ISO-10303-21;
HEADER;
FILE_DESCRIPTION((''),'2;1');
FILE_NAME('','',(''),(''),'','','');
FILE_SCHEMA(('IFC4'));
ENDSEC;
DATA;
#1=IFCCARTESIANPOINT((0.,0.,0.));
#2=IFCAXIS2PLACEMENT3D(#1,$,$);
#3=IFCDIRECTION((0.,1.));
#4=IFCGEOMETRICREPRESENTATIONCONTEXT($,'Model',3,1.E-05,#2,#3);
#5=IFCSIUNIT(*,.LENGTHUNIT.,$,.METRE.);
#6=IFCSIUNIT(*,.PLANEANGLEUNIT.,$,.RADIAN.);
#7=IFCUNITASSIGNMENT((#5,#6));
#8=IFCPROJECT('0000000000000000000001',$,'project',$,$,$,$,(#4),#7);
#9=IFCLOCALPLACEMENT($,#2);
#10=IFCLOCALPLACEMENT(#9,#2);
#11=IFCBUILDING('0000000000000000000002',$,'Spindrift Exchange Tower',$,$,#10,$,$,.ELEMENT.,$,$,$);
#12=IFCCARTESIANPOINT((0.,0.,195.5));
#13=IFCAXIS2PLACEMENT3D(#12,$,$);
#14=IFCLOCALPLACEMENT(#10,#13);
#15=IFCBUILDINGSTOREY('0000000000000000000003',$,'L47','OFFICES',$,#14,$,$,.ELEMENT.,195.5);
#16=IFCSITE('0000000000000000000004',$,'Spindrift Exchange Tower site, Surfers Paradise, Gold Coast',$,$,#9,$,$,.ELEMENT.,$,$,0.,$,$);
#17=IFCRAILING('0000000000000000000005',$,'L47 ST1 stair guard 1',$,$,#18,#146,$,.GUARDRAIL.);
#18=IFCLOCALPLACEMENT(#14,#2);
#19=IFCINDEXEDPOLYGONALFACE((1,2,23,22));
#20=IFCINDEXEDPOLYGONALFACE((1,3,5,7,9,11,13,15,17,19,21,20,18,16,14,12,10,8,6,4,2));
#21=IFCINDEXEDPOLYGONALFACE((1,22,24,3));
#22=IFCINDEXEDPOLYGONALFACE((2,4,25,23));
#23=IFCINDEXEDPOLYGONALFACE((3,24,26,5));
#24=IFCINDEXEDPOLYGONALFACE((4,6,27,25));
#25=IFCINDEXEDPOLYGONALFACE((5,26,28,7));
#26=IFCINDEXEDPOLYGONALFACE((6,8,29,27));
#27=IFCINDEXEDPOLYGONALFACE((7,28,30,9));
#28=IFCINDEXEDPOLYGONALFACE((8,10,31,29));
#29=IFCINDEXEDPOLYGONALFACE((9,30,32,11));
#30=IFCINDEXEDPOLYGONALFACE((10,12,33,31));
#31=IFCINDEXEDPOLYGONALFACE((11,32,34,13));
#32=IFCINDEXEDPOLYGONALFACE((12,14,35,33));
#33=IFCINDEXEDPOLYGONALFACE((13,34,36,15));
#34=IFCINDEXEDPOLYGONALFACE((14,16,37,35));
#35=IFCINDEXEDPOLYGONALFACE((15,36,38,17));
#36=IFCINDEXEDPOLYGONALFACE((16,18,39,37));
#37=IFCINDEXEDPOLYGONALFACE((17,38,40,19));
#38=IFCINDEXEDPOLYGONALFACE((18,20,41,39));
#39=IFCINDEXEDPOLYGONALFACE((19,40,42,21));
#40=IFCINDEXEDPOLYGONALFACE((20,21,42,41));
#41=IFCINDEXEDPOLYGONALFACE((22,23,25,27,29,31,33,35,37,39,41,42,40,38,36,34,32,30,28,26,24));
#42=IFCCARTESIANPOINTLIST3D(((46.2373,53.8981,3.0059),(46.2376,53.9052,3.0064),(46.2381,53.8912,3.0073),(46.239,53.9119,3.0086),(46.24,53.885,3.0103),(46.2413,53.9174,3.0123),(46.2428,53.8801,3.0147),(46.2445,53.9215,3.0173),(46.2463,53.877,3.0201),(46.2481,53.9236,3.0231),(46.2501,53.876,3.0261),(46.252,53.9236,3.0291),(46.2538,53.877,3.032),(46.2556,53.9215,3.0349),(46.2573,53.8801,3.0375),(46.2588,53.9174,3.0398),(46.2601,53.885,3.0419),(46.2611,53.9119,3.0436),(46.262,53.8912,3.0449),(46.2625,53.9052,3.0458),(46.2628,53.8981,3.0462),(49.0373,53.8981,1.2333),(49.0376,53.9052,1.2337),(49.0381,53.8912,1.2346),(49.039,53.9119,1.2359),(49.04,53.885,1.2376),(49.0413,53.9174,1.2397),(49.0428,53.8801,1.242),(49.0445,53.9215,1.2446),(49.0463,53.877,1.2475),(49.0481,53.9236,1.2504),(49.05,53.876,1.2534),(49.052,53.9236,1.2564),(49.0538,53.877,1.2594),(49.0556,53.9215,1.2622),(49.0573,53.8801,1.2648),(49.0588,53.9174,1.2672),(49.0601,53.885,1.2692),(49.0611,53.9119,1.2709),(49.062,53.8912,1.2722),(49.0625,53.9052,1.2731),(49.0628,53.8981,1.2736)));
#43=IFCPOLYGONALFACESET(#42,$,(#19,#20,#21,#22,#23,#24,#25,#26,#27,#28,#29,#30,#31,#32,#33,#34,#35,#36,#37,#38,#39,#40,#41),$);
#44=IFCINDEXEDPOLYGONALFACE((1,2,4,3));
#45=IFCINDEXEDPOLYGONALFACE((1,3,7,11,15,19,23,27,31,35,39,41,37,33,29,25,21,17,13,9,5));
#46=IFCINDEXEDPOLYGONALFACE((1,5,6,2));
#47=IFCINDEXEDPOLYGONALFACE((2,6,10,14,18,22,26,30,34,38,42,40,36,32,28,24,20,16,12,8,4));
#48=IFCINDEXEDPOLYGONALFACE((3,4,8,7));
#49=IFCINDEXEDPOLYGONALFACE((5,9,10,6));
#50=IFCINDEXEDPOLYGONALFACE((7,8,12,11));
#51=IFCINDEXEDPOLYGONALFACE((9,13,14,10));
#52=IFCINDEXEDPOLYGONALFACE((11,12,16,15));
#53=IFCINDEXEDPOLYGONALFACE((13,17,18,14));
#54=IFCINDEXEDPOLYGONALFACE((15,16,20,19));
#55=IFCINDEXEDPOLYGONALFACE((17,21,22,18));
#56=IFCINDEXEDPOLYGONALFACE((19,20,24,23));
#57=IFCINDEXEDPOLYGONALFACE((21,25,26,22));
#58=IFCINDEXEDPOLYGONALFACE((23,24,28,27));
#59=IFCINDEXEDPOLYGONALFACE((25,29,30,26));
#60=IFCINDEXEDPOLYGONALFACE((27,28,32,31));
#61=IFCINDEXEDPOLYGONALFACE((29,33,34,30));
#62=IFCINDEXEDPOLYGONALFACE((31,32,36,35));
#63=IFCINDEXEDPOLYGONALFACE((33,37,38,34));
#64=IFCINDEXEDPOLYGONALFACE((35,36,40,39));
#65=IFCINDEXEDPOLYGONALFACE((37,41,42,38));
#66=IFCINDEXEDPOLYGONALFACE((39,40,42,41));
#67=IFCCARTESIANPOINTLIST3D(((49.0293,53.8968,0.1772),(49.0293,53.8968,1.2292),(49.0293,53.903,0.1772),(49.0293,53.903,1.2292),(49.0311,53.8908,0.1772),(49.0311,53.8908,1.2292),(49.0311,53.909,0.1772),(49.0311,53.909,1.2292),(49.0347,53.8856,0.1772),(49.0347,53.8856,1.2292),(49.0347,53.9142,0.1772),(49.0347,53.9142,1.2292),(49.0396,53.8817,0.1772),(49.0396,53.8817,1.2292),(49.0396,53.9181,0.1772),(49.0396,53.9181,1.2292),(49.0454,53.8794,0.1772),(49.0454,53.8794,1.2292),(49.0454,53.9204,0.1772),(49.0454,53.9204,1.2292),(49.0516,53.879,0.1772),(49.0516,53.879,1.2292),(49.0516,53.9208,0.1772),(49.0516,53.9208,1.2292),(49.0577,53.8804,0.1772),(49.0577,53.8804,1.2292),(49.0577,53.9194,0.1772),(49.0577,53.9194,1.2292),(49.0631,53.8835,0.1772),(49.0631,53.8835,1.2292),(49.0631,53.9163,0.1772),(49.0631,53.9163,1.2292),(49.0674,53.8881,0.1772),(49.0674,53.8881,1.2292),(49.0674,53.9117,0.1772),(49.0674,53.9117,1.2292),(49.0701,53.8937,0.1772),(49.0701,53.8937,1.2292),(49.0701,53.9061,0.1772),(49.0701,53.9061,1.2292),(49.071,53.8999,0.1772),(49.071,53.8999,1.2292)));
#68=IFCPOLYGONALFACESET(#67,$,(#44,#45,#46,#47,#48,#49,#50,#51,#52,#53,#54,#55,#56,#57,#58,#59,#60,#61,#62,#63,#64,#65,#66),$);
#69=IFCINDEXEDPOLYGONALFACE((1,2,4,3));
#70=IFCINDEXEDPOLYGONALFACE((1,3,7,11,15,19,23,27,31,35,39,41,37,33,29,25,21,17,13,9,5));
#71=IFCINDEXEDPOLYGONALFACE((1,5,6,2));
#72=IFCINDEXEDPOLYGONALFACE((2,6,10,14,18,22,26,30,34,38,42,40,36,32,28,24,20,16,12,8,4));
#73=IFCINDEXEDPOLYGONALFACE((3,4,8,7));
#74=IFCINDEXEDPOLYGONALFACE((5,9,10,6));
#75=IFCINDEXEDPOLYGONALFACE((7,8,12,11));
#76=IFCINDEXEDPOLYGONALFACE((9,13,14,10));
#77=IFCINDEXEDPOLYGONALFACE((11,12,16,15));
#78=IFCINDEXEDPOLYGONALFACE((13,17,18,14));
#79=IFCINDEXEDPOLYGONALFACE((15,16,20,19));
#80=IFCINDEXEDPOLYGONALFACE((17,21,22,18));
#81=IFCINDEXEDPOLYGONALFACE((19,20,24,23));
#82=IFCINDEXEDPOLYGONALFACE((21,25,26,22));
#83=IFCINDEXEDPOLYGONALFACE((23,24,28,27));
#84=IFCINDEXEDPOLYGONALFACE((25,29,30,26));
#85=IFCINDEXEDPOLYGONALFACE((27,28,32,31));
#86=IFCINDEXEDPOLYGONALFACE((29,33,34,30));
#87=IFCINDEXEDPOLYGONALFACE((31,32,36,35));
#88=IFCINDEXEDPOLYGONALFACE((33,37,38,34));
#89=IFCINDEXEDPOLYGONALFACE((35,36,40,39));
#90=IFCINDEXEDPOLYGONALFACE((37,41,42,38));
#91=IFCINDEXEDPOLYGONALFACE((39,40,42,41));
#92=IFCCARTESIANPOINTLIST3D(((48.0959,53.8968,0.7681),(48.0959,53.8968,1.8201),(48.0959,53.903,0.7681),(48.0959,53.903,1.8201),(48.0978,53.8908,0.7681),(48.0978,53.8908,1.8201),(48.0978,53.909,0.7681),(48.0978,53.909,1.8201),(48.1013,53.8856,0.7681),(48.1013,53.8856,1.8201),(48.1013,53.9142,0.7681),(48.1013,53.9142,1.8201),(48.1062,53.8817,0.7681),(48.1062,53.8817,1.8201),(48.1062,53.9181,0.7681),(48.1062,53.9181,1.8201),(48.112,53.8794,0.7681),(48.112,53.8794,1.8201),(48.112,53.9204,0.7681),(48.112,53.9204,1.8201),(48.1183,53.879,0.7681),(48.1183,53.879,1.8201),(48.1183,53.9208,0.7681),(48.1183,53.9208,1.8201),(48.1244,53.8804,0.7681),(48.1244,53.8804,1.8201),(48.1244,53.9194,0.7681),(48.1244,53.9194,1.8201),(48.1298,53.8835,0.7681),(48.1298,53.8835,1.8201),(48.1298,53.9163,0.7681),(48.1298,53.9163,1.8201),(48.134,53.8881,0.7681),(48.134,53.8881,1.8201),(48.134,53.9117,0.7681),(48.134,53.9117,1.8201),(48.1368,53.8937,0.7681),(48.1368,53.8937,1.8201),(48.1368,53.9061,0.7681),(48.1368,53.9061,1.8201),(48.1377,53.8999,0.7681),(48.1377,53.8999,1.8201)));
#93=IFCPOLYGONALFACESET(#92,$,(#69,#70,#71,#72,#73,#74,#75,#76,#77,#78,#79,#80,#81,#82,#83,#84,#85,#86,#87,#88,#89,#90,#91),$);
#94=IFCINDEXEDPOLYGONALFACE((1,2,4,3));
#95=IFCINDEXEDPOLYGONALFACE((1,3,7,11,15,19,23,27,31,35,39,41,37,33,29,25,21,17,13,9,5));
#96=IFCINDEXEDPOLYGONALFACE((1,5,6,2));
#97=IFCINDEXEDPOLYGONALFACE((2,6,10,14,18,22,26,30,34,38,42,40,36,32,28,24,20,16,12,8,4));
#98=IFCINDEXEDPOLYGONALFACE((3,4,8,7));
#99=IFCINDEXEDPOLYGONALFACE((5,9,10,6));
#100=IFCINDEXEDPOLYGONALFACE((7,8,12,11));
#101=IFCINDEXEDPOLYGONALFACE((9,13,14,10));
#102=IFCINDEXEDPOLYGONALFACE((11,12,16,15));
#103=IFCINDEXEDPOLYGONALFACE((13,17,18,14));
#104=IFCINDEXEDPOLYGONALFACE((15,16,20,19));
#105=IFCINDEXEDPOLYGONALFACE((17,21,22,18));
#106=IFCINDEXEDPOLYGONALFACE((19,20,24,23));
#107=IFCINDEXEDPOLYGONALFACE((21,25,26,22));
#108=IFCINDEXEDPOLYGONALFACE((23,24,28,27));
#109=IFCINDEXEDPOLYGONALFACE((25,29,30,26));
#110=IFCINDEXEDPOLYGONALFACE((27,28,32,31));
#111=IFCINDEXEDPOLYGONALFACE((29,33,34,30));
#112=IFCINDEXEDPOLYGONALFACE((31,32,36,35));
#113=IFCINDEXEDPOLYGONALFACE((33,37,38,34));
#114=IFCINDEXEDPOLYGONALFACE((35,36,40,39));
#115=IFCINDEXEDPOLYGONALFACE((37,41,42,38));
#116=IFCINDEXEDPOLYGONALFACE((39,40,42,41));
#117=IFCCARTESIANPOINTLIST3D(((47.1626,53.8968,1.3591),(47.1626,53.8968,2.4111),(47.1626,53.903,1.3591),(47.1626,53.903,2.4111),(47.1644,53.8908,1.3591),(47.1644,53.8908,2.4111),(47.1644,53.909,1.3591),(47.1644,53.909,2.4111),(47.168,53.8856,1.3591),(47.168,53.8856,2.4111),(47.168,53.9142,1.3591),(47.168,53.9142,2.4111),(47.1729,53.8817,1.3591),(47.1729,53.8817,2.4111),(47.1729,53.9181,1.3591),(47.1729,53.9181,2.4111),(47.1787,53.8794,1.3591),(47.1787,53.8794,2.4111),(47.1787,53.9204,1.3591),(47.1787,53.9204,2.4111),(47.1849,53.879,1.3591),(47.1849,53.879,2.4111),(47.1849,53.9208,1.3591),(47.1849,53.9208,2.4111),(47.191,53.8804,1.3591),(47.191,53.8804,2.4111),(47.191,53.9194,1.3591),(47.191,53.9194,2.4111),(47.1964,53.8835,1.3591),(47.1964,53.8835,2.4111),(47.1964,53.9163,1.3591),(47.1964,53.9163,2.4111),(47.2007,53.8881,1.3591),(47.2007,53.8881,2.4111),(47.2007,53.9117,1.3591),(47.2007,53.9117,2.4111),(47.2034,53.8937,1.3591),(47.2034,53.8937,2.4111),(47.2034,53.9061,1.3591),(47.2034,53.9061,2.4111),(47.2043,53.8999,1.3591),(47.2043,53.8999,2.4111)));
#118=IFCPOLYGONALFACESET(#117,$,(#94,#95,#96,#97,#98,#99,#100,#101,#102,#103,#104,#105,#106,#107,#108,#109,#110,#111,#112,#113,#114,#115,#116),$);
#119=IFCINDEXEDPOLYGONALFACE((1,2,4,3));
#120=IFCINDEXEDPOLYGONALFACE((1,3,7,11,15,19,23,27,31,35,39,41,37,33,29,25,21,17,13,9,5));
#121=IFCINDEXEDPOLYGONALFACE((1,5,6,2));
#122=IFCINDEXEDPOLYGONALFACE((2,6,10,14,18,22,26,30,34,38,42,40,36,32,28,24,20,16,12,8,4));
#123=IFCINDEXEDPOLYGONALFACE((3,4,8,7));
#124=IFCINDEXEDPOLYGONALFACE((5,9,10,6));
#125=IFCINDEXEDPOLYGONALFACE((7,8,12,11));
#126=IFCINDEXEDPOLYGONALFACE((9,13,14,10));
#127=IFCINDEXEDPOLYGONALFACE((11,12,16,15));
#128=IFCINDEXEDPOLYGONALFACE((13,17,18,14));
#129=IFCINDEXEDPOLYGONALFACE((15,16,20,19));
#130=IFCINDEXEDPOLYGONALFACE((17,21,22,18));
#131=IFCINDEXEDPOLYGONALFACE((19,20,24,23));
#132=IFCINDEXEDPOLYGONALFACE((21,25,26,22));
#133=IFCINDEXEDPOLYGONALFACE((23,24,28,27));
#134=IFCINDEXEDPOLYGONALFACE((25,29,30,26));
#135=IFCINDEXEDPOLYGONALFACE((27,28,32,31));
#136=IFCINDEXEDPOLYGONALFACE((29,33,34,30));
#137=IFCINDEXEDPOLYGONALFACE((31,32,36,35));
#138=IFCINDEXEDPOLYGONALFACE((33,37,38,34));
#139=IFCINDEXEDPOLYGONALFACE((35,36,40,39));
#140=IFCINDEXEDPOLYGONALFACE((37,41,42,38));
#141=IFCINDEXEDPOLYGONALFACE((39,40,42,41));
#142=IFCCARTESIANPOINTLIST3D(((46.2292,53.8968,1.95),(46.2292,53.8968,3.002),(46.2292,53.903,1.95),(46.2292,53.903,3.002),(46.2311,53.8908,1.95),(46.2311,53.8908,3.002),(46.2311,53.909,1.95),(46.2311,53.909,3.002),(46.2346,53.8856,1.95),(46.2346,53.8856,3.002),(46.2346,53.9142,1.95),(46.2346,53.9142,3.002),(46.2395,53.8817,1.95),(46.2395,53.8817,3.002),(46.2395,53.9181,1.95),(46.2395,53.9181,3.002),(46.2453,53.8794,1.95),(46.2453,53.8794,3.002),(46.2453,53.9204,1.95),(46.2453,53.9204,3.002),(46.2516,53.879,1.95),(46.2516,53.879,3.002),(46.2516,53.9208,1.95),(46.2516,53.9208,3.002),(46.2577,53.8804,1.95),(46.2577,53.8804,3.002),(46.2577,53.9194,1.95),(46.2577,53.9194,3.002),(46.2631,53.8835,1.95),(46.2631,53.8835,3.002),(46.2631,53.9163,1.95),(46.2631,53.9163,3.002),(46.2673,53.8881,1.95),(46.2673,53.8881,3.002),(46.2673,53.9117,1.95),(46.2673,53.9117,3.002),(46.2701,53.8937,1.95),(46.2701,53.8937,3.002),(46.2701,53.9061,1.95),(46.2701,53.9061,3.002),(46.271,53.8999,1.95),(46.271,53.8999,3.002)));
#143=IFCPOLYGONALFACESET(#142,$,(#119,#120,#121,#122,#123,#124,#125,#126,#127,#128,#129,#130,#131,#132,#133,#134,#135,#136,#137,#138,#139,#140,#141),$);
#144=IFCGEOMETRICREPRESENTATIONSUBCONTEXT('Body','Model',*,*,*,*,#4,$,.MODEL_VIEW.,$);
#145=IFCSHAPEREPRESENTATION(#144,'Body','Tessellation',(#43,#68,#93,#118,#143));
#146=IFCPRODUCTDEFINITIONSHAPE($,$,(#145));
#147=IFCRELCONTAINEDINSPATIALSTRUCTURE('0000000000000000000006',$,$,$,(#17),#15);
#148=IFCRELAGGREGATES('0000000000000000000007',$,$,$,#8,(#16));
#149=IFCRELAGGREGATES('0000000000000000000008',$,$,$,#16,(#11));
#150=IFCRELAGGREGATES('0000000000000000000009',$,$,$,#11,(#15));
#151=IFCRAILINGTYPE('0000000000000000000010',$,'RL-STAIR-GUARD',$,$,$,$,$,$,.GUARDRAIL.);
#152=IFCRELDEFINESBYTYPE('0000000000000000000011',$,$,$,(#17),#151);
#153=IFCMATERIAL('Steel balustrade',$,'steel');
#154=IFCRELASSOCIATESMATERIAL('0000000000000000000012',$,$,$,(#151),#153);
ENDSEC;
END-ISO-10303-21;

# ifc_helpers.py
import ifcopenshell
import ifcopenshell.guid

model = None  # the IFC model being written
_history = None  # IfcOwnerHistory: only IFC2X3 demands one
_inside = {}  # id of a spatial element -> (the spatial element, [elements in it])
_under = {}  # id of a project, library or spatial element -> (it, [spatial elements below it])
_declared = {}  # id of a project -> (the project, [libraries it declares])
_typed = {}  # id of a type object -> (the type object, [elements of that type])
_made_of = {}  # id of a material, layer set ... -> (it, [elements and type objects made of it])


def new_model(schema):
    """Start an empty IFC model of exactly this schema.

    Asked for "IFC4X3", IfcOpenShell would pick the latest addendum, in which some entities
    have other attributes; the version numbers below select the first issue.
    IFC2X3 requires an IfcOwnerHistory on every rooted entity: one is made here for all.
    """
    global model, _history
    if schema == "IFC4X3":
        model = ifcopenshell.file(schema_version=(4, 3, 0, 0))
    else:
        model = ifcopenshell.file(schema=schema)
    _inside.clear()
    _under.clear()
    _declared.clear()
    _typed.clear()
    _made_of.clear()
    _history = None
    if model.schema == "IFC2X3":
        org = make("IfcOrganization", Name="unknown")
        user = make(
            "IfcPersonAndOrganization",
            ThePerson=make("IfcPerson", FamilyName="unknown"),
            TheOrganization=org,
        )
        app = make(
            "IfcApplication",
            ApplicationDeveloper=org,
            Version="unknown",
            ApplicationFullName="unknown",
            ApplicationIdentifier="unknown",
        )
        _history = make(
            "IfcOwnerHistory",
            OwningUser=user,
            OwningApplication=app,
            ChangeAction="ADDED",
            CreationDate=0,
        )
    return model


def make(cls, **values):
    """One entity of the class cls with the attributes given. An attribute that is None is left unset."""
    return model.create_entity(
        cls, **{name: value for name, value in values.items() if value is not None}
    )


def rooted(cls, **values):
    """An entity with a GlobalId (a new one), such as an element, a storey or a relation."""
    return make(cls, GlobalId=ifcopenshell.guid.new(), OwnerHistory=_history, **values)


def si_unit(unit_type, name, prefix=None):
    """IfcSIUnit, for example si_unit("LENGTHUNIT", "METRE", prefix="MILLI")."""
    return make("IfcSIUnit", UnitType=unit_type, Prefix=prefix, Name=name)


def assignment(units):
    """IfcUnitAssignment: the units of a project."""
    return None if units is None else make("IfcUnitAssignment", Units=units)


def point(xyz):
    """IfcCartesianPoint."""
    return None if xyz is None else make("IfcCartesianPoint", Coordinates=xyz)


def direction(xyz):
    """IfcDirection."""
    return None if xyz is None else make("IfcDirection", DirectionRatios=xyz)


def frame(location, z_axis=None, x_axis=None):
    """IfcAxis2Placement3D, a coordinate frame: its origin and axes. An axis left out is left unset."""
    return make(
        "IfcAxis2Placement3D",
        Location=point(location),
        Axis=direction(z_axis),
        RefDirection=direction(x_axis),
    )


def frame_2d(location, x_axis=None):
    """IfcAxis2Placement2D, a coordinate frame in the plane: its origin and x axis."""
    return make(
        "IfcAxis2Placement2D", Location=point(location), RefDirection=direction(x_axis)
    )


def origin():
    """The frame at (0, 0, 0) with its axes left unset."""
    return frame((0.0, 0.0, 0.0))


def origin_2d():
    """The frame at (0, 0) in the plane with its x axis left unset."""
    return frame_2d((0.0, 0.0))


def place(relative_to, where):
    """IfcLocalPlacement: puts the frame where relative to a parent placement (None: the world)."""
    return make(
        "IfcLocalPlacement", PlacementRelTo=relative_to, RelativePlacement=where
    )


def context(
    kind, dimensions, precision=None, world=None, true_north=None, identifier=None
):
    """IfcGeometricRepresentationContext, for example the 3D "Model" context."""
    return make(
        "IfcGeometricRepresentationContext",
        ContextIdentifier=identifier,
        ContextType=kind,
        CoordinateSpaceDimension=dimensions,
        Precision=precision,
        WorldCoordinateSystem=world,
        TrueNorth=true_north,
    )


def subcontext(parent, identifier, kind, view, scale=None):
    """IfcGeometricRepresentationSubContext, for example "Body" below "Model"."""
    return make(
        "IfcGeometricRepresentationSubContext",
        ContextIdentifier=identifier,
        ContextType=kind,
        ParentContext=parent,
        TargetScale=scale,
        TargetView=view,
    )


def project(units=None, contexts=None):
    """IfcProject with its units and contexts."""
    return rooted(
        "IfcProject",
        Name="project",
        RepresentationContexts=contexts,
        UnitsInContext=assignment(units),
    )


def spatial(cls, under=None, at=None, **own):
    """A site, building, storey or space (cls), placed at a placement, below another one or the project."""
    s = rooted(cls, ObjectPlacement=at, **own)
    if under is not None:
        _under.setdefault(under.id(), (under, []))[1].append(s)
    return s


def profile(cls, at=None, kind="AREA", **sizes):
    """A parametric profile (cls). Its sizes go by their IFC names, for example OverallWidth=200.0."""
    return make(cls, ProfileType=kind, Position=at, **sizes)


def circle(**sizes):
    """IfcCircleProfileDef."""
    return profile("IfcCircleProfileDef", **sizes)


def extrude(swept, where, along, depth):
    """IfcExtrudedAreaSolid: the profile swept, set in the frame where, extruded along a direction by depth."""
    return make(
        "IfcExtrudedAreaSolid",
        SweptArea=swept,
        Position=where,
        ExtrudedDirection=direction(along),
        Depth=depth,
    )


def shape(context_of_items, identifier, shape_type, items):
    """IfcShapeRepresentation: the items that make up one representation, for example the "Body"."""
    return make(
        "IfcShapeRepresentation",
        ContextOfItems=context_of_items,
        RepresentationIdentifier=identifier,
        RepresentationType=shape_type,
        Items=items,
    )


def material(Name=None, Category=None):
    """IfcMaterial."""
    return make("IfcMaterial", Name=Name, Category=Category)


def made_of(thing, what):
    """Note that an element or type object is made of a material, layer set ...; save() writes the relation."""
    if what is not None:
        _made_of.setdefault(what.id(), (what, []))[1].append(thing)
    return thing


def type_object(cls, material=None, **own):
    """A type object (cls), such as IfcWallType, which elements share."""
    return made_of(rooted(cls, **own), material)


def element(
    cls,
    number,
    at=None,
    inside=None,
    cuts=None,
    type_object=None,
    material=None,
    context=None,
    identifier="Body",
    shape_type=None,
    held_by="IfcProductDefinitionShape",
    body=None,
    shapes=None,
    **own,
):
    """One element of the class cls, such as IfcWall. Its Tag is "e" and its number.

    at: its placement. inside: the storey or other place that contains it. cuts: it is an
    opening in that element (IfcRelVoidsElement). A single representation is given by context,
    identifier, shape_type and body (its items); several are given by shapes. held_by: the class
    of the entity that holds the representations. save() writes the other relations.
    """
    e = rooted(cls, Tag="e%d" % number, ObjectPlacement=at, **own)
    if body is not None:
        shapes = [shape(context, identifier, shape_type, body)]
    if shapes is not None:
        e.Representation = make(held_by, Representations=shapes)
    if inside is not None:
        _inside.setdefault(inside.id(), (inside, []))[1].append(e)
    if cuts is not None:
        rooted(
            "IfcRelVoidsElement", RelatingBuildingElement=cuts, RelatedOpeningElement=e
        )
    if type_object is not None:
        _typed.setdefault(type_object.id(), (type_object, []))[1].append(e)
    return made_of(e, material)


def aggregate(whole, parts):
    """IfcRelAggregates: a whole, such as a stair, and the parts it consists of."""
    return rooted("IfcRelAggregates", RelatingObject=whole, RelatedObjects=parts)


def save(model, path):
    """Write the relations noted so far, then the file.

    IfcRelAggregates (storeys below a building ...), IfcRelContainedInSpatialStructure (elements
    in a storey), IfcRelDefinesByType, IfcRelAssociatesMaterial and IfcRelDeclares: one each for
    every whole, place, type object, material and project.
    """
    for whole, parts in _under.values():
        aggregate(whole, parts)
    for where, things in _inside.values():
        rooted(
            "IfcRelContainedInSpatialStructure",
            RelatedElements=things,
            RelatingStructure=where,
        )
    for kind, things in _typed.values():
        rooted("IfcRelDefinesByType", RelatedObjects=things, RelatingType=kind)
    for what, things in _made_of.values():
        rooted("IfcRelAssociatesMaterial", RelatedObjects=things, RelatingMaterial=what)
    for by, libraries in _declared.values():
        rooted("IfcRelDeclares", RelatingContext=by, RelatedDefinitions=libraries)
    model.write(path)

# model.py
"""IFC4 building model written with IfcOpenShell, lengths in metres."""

from ifc_helpers import new_model, si_unit, direction, frame, origin, origin_2d, place, context, subcontext, project, spatial, circle, extrude, material, type_object, element, save


model = new_model("IFC4")

# Units and contexts
model_context = context("Model", 3, precision=1e-05, world=origin(), true_north=direction((0.0, 1.0)))
body_context = subcontext(model_context, "Body", "Model", "MODEL_VIEW")
ifc_project = project(units=[si_unit("LENGTHUNIT", "METRE"), si_unit("PLANEANGLEUNIT", "RADIAN")], contexts=[model_context])

# Site, building, storey
site_placement = place(None, origin())
site = spatial("IfcSite", under=ifc_project, at=site_placement, Name="Spindrift Exchange Tower site, Surfers Paradise, Gold Coast", CompositionType="ELEMENT", RefElevation=0.0)
building_placement = place(site_placement, origin())
building = spatial("IfcBuilding", under=site, at=building_placement, Name="Spindrift Exchange Tower", CompositionType="ELEMENT")
storey_placement = place(building_placement, frame((0.0, 0.0, 195.5)))
storey = spatial("IfcBuildingStorey", under=building, at=storey_placement, Name="L47", Description="OFFICES", CompositionType="ELEMENT", Elevation=195.5)

# Railing
ifc_material_1 = material(Name="Steel balustrade", Category="steel")
railing_type_1 = type_object("IfcRailingType", Name="RL-STAIR-GUARD", PredefinedType="GUARDRAIL", material=ifc_material_1)
railing_1_placement = place(storey_placement, frame((49.05, 53.8999, 0.1772)))
element("IfcRailing", 1, at=railing_1_placement, inside=storey, type_object=railing_type_1, Name="L47 ST1 stair guard 1", PredefinedType="GUARDRAIL", context=body_context, shape_type="SweptSolid", body=[
    extrude(circle(Radius=0.0239, at=origin_2d()), frame((0.0, 0.0, 1.0762), z_axis=(-0.844909, 0.0, 0.53491), x_axis=(0.0, -1.0, 0.0)), (0.0, 0.0, 1.0), 3.314),
    extrude(circle(Radius=0.021, at=origin_2d()), origin(), (0.0, 0.0, 1.0), 1.052),
    extrude(circle(Radius=0.021, at=origin_2d()), frame((-0.9333, 0.0, 0.5908)), (0.0, 0.0, 1.0), 1.052),
    extrude(circle(Radius=0.021, at=origin_2d()), frame((-1.8667, 0.0, 1.1819)), (0.0, 0.0, 1.0), 1.052),
    extrude(circle(Radius=0.021, at=origin_2d()), frame((-2.8, 0.0, 1.7727)), (0.0, 0.0, 1.0), 1.052),
])

save(model, "model.ifc")
